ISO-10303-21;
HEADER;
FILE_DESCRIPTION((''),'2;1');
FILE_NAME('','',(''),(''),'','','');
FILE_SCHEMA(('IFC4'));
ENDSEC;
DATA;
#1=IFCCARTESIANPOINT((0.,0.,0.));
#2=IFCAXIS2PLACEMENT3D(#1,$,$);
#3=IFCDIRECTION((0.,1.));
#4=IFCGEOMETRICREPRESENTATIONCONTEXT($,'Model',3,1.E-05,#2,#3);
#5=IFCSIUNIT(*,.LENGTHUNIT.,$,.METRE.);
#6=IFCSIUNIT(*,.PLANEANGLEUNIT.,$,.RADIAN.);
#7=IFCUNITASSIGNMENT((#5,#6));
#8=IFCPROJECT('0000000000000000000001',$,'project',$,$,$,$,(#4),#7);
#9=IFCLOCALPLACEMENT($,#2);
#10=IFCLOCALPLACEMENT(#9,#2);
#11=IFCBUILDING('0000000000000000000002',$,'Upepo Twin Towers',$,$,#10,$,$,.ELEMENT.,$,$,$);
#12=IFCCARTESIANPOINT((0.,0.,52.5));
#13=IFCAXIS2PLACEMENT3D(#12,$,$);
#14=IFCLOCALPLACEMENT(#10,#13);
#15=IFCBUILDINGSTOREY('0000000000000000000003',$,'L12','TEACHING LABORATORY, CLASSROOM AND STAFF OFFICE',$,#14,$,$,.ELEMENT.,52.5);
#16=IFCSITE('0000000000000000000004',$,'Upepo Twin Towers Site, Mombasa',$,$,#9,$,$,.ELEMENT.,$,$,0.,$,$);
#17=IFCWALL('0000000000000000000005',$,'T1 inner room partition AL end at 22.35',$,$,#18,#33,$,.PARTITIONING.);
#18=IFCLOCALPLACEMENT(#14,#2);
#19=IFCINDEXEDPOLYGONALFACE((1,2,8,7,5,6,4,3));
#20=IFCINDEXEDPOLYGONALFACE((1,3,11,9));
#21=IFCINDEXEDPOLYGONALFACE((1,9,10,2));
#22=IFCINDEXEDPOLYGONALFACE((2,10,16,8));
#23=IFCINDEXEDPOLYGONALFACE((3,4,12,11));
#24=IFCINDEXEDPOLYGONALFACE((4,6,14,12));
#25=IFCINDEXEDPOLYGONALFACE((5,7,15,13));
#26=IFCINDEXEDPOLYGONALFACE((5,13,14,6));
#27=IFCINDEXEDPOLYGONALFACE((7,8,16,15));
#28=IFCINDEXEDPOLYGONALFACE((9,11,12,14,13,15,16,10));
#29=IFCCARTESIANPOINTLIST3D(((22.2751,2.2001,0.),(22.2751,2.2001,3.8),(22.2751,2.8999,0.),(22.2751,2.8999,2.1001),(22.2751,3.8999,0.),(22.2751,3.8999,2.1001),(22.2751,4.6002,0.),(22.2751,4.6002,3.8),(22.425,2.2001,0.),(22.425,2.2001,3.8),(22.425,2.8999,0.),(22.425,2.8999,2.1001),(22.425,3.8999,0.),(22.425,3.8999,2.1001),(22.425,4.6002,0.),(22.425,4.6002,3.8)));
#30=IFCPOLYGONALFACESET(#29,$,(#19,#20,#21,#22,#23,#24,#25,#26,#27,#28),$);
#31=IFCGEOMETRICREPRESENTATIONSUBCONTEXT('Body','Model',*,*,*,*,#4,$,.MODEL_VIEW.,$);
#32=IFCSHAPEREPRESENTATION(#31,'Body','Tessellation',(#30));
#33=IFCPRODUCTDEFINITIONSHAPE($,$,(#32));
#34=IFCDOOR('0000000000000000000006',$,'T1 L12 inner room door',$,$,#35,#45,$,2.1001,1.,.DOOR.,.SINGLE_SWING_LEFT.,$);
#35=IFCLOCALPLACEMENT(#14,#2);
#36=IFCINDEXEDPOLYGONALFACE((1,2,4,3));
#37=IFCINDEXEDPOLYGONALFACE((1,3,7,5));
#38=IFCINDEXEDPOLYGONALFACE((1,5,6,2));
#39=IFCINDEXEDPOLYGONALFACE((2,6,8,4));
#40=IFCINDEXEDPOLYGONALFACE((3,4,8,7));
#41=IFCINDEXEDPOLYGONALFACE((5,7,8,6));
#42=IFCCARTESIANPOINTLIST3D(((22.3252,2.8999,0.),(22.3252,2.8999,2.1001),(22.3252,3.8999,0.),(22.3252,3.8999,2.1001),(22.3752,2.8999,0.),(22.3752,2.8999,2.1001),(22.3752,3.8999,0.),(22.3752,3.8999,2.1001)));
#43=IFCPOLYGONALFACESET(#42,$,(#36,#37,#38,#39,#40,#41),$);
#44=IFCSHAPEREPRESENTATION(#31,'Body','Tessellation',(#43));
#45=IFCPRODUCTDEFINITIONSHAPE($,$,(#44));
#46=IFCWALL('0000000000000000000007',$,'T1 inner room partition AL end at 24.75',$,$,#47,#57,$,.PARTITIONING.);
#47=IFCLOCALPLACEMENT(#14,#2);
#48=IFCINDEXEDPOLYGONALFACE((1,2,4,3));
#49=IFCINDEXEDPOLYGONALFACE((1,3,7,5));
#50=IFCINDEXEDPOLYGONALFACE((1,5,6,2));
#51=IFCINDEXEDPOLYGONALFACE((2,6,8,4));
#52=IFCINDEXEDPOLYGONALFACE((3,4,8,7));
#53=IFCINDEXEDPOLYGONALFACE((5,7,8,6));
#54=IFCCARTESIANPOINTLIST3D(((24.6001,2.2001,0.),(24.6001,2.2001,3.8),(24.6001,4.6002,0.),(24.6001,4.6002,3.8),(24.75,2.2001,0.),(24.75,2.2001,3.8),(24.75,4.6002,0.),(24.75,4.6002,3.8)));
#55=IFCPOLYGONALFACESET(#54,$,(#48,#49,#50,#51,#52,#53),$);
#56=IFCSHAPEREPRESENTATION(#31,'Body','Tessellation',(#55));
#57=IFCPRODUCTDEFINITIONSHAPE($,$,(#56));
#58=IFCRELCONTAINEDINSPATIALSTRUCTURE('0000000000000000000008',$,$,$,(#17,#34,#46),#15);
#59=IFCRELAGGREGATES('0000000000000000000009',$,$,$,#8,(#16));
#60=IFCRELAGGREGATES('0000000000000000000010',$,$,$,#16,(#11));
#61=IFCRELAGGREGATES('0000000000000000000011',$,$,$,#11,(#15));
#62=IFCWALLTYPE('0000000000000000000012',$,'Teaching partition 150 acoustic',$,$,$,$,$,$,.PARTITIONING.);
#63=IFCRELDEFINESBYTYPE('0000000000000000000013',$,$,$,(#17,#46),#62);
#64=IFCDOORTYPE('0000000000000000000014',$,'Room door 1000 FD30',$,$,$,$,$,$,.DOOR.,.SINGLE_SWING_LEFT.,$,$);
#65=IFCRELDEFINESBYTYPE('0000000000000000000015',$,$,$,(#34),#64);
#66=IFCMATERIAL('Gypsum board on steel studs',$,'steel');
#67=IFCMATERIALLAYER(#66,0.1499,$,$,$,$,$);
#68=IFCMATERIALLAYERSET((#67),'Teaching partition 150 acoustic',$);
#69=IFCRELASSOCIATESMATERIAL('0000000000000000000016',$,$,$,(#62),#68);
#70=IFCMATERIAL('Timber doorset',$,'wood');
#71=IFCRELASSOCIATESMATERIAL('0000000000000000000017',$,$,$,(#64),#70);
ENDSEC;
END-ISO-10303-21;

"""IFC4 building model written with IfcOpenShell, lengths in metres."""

from ifc_helpers import new_model, si_unit, direction, frame, frame_2d, origin, place, context, subcontext, project, spatial, rectangle, extrude, material, layer, layer_set, type_object, element, fill, save


model = new_model("IFC4")

# Units and contexts
model_context = context("Model", 3, precision=1e-05, world=origin(), true_north=direction((0.0, 1.0)))
body_context = subcontext(model_context, "Body", "Model", "MODEL_VIEW")
ifc_project = project(units=[si_unit("LENGTHUNIT", "METRE"), si_unit("PLANEANGLEUNIT", "RADIAN")], contexts=[model_context])

# Site, building, storey
site_placement = place(None, origin())
site = spatial("IfcSite", under=ifc_project, at=site_placement, Name="Upepo Twin Towers Site, Mombasa", CompositionType="ELEMENT", RefElevation=0.0)
building_placement = place(site_placement, origin())
building = spatial("IfcBuilding", under=site, at=building_placement, Name="Upepo Twin Towers", CompositionType="ELEMENT")
storey_placement = place(building_placement, frame((0.0, 0.0, 52.5)))
storey = spatial("IfcBuildingStorey", under=building, at=storey_placement, Name="L12", Description="TEACHING LABORATORY, CLASSROOM AND STAFF OFFICE", CompositionType="ELEMENT", Elevation=52.5)

# Shared definitions
ifc_material_1 = material(Name="Gypsum board on steel studs", Category="steel")
ifc_layer_1 = layer(ifc_material_1, 0.1499)
ifc_layer_set_1 = layer_set([ifc_layer_1], Name="Teaching partition 150 acoustic")
wall_type_1 = type_object("IfcWallType", Name="Teaching partition 150 acoustic", PredefinedType="PARTITIONING", material=ifc_layer_set_1)

# Wall, opening, door
wall_1_placement = place(storey_placement, frame((22.3501, 2.2, 0.0), z_axis=(0.0, 0.0, 1.0), x_axis=(0.0, 1.0, 0.0)))
wall_1 = element("IfcWall", 1, at=wall_1_placement, inside=storey, type_object=wall_type_1, Name="T1 inner room partition AL end at 22.35", PredefinedType="PARTITIONING", context=body_context, shape_type="SweptSolid", body=[
    extrude(rectangle(XDim=2.4001, YDim=0.1499, at=frame_2d((1.2002, 0.0))), origin(), (0.0, 0.0, 1.0), 3.8),
])
opening_placement = place(wall_1_placement, frame((0.7, 0.0, 0.0)))
opening = element("IfcOpeningElement", 2, at=opening_placement, cuts=wall_1, PredefinedType="OPENING", context=body_context, shape_type="SweptSolid", body=[
    extrude(rectangle(XDim=1.0, YDim=2.1001, at=frame_2d((0.5, 1.05))), frame((0.0, 0.085, 0.0), z_axis=(0.0, -1.0, 0.0), x_axis=(1.0, 0.0, 0.0)), (0.0, 0.0, 1.0), 0.1699),
])
ifc_material_2 = material(Name="Timber doorset", Category="wood")
door_type = type_object("IfcDoorType", Name="Room door 1000 FD30", OperationType="SINGLE_SWING_LEFT", PredefinedType="DOOR", material=ifc_material_2)
door_placement = place(opening_placement, origin())
door = element("IfcDoor", 3, at=door_placement, inside=storey, type_object=door_type, Name="T1 L12 inner room door", OperationType="SINGLE_SWING_LEFT", OverallHeight=2.1001, OverallWidth=1.0, PredefinedType="DOOR", context=body_context, shape_type="SweptSolid", body=[
    extrude(rectangle(XDim=1.0, YDim=2.1001, at=frame_2d((0.5, 1.05))), frame((0.0, 0.0249, 0.0), z_axis=(0.0, -1.0, 0.0), x_axis=(1.0, 0.0, 0.0)), (0.0, 0.0, 1.0), 0.05),
])
fill(opening, door)

# Wall
wall_2_placement = place(storey_placement, frame((24.675, 2.2, 0.0), z_axis=(0.0, 0.0, 1.0), x_axis=(0.0, 1.0, 0.0)))
element("IfcWall", 4, at=wall_2_placement, inside=storey, type_object=wall_type_1, Name="T1 inner room partition AL end at 24.75", PredefinedType="PARTITIONING", context=body_context, shape_type="SweptSolid", body=[
    extrude(rectangle(XDim=2.4001, YDim=0.1499, at=frame_2d((1.2002, 0.0))), origin(), (0.0, 0.0, 1.0), 3.8),
])

save(model, "model.ifc")
